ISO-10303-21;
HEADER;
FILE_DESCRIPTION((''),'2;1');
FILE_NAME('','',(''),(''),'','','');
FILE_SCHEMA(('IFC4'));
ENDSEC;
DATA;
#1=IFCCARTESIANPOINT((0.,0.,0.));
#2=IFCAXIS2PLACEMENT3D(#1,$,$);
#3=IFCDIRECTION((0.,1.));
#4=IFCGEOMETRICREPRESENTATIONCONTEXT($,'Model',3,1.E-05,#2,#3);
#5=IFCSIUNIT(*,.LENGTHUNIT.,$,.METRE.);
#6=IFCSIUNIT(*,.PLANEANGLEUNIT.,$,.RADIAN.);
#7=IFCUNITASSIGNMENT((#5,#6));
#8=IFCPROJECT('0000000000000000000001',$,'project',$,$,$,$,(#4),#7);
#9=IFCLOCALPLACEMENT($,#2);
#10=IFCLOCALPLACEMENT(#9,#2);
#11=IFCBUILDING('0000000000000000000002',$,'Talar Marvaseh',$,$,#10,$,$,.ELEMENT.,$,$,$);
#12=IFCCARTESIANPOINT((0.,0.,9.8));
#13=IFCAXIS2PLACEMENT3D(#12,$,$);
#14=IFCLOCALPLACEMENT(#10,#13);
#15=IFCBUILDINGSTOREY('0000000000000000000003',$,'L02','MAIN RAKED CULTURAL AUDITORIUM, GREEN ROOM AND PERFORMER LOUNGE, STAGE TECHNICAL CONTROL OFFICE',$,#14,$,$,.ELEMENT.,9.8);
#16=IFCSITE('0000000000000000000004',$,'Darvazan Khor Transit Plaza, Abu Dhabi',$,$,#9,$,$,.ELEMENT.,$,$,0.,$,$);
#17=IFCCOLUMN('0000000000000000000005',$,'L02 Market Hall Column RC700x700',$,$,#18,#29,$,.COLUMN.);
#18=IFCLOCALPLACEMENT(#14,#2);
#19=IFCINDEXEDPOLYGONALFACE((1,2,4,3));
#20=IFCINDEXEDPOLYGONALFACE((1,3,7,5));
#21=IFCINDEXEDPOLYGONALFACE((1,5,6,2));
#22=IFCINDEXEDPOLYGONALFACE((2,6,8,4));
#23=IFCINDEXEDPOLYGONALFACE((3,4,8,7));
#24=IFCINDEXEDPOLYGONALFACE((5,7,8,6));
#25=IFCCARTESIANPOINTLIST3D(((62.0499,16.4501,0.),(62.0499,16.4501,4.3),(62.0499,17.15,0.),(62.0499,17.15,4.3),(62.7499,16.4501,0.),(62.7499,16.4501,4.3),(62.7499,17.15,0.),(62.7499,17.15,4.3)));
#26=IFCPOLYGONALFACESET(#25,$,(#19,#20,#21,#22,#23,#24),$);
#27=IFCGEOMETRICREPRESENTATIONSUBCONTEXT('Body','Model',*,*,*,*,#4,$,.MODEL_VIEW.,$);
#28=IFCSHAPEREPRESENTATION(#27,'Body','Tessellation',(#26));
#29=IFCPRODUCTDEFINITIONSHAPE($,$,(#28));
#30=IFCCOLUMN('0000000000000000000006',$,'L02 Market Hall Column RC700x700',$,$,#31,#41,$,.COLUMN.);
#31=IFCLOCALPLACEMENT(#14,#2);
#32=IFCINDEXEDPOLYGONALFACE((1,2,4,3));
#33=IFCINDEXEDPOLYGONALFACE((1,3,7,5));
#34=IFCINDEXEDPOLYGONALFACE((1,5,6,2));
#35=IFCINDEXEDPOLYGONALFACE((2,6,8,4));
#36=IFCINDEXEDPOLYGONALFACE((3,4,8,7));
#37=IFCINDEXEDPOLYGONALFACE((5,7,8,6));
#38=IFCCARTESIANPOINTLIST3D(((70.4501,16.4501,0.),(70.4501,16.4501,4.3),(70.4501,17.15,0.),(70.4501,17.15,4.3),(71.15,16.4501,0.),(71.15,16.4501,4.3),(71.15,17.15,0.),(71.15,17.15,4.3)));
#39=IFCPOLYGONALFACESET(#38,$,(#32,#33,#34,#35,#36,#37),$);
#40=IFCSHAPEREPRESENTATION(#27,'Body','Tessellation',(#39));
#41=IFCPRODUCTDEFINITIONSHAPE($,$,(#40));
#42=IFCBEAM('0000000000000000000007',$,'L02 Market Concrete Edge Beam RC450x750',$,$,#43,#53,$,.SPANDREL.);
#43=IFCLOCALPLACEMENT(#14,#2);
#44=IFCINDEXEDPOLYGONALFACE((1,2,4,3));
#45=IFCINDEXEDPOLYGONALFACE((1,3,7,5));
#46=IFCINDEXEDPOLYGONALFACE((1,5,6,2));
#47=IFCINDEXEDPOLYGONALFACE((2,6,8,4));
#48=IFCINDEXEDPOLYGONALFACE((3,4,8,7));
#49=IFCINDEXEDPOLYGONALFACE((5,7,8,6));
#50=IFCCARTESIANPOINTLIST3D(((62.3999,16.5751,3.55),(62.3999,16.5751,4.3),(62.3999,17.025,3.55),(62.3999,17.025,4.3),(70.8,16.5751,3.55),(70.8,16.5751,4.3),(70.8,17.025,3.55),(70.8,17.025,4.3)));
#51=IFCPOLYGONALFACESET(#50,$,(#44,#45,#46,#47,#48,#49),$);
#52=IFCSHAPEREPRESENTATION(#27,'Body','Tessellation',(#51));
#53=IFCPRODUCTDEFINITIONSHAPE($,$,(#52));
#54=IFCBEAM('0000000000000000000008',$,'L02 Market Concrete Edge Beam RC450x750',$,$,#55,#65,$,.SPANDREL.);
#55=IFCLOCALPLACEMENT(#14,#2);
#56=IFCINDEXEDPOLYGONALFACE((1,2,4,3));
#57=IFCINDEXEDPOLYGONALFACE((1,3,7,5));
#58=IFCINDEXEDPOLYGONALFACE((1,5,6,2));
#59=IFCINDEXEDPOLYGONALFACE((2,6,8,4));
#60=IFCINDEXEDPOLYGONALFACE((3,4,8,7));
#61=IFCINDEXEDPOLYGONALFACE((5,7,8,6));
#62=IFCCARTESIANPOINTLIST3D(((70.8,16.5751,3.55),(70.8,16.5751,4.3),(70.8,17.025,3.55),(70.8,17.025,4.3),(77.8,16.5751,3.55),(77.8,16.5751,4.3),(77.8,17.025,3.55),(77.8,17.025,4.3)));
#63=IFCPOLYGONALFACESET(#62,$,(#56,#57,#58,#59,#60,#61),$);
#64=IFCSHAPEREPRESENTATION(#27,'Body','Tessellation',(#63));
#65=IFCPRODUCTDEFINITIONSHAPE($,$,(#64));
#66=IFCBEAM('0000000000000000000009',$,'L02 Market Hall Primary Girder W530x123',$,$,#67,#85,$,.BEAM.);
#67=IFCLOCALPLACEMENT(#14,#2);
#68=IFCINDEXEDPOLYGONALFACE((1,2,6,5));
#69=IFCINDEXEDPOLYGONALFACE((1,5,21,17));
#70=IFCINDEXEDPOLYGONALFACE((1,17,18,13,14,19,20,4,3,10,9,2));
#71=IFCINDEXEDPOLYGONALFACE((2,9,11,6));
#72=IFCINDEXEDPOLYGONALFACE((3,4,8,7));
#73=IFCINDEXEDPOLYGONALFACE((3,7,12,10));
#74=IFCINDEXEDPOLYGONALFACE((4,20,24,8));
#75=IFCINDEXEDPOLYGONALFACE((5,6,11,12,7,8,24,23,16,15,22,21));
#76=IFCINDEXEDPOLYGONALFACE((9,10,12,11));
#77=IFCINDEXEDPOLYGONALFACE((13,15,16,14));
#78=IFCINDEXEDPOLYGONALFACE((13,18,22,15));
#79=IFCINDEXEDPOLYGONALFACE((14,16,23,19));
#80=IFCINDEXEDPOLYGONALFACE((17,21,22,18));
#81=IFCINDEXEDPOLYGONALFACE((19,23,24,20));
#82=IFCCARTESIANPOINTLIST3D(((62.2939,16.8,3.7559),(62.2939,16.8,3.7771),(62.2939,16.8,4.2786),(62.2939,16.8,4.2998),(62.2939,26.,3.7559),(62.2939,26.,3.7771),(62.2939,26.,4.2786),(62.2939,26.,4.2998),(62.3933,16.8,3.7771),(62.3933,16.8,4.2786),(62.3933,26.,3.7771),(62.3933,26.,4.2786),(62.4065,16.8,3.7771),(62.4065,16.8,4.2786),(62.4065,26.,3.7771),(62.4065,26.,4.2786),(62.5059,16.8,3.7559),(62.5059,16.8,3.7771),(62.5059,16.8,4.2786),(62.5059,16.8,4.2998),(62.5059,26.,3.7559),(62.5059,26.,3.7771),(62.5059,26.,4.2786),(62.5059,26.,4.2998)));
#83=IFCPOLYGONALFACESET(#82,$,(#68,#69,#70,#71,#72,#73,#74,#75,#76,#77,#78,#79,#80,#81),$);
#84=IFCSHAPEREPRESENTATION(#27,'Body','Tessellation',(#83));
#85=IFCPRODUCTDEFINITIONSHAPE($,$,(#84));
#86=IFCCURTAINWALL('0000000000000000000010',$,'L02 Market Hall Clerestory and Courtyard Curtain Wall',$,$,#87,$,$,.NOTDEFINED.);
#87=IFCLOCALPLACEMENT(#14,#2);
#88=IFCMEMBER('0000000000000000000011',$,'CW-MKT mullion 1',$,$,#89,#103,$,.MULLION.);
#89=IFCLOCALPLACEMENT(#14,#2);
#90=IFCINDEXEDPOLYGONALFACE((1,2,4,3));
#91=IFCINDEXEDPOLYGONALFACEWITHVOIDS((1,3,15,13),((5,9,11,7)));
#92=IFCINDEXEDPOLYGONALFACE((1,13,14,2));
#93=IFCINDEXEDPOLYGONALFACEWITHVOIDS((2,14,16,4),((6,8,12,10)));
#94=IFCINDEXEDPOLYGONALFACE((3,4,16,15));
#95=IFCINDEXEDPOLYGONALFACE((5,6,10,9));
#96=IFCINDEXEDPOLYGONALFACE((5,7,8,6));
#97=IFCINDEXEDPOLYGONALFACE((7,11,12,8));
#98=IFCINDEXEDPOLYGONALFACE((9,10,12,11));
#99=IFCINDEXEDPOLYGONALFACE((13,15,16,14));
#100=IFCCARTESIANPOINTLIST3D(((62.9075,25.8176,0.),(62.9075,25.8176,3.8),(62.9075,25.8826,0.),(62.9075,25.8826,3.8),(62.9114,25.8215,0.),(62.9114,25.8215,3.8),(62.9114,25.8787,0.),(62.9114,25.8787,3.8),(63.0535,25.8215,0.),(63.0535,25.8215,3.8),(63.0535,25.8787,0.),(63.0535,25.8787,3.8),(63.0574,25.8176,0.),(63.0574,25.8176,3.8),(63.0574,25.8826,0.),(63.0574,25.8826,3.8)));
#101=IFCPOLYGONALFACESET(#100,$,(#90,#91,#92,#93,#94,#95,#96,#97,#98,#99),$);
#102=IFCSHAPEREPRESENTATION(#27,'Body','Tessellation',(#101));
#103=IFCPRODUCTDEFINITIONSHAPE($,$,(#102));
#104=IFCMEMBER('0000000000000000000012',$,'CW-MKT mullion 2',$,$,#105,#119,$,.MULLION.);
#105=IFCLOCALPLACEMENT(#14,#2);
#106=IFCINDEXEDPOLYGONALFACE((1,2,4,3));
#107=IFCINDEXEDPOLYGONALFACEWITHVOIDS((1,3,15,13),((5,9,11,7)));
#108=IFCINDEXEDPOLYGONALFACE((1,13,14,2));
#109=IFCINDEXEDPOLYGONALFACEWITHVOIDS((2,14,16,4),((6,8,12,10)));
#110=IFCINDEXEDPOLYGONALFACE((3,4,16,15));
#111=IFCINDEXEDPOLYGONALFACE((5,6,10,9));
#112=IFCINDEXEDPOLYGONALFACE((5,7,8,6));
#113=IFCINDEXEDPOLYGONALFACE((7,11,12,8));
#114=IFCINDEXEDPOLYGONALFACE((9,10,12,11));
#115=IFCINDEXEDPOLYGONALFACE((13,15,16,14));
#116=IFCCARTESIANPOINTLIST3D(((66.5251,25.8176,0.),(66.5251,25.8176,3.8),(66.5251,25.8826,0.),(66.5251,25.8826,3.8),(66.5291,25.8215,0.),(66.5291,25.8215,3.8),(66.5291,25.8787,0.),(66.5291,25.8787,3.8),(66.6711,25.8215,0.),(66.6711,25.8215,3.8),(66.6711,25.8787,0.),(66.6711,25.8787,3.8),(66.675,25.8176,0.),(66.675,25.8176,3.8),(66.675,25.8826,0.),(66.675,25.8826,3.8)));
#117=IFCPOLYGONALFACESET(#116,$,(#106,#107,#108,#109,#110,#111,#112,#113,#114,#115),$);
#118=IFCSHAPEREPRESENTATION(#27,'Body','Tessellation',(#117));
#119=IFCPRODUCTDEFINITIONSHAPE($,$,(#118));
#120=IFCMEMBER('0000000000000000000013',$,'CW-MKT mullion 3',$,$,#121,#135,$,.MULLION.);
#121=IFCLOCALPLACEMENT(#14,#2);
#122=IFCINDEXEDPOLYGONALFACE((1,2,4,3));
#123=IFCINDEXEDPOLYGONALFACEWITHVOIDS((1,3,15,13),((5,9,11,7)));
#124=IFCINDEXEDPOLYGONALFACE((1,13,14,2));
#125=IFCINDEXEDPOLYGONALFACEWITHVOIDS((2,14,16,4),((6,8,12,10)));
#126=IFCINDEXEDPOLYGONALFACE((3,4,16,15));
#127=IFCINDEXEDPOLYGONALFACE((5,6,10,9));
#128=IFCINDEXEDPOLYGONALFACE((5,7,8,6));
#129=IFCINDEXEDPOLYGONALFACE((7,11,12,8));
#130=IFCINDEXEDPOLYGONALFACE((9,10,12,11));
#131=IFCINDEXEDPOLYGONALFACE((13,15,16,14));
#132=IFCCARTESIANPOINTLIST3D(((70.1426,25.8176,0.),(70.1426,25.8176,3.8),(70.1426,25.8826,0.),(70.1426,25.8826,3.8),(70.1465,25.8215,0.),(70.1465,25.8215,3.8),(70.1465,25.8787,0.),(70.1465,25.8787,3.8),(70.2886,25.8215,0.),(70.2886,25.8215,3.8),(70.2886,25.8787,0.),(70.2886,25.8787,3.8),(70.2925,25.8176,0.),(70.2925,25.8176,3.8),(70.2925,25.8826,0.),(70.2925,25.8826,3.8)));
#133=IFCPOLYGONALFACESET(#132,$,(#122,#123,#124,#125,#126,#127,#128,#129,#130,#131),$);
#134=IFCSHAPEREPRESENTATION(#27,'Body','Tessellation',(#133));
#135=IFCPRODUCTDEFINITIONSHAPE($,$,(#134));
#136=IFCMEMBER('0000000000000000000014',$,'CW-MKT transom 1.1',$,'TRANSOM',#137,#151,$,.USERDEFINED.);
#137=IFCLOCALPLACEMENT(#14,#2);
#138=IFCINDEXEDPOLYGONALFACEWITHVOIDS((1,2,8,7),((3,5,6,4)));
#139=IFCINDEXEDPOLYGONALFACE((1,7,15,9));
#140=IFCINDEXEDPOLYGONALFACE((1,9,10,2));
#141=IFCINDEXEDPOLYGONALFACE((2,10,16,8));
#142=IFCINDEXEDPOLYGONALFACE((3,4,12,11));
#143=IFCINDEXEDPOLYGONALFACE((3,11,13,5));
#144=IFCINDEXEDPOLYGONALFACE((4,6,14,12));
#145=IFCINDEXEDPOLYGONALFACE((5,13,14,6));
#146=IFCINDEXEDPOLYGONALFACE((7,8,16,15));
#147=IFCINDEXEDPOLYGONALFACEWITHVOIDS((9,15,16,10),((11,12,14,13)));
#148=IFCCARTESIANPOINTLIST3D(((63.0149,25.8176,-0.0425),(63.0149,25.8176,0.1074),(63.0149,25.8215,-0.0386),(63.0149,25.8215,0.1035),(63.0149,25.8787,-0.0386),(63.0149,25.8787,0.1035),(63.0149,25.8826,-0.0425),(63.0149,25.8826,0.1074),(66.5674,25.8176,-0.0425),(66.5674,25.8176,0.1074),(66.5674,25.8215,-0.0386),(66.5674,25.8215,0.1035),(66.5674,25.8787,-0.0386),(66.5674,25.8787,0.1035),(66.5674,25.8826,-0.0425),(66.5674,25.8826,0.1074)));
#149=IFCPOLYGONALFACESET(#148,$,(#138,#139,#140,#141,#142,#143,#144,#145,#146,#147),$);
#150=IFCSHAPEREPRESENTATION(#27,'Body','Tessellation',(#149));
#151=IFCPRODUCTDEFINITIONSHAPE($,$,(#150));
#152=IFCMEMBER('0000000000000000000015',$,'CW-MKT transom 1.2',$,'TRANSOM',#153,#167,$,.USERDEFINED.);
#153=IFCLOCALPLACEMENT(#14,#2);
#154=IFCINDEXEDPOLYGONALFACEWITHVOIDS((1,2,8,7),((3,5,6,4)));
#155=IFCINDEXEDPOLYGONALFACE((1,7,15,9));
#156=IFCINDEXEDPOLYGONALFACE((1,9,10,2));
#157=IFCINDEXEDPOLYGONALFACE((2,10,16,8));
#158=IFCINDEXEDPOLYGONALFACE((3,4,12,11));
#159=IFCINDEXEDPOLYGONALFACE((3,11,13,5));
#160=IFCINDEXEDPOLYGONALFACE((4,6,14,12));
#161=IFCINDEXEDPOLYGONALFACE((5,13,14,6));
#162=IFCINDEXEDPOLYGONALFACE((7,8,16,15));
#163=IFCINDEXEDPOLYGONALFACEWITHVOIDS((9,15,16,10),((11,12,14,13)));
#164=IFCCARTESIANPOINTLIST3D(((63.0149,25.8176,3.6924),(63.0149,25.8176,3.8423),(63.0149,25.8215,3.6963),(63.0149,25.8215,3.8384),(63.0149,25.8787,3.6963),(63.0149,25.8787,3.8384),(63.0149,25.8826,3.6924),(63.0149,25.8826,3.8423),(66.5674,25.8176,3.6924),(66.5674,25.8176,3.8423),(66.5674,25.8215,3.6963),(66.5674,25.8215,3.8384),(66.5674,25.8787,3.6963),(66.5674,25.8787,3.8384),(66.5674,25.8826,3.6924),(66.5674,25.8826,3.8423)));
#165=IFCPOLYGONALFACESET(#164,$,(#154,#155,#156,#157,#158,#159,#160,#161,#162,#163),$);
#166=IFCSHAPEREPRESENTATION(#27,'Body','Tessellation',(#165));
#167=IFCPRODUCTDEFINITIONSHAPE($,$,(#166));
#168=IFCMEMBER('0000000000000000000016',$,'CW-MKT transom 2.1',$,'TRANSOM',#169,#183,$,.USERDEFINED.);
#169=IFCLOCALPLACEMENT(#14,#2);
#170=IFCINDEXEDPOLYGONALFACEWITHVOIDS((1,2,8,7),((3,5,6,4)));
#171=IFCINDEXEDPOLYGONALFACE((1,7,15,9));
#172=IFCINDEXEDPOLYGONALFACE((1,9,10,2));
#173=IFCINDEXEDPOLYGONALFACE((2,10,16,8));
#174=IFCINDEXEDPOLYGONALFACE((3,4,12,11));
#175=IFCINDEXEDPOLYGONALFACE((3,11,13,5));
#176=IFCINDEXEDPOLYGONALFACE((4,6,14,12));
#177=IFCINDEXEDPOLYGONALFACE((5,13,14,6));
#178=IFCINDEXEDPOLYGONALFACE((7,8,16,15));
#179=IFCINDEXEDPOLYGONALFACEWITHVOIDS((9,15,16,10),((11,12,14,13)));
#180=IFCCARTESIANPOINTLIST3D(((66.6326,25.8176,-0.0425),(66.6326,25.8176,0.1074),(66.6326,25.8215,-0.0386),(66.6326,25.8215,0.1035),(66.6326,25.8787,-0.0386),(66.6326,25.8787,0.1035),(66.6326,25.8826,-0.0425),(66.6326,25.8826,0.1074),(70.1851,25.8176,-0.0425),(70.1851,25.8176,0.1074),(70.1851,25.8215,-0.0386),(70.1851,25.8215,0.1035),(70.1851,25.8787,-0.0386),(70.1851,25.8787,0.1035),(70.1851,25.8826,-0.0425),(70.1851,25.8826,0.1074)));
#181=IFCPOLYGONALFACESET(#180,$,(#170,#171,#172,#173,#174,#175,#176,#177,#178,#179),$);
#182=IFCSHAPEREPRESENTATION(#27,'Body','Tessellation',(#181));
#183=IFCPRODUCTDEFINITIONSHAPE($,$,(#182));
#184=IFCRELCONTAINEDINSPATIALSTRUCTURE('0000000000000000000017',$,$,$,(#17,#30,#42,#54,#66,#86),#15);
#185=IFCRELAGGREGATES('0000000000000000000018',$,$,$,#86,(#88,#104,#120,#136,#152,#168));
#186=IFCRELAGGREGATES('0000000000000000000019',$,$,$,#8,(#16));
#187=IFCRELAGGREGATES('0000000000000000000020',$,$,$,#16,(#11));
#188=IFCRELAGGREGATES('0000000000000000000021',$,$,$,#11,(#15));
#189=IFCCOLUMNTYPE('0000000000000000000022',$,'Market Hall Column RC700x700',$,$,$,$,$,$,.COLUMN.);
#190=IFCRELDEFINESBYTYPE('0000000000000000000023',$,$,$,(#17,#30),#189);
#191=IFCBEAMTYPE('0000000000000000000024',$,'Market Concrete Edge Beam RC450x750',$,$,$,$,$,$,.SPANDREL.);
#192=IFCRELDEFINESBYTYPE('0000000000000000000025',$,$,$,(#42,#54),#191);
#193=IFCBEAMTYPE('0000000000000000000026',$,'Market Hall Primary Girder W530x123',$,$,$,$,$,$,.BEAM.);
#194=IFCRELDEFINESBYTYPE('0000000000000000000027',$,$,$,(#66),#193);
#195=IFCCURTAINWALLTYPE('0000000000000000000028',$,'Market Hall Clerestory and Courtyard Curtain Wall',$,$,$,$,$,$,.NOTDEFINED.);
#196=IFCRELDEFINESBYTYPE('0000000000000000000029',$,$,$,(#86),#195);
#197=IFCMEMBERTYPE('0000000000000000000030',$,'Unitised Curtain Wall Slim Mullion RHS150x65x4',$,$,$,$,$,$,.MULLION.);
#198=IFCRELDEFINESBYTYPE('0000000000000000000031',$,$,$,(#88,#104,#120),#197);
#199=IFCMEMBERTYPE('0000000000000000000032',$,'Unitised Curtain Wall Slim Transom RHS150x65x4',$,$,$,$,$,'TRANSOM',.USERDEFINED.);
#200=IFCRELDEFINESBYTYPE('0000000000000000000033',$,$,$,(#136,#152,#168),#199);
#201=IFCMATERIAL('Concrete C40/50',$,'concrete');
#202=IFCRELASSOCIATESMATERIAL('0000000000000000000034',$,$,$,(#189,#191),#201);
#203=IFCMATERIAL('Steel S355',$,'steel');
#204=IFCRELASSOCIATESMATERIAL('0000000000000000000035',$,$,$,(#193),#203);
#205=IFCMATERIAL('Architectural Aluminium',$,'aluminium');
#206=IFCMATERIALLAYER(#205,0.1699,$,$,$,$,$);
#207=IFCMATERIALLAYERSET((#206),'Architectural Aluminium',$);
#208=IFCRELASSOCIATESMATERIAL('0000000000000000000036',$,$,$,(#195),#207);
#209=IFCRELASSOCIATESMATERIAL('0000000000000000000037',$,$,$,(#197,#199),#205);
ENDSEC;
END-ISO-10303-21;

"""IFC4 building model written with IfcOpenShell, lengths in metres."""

from ifc_helpers import new_model, si_unit, direction, frame, origin, origin_2d, place, context, subcontext, project, spatial, rectangle, hollow_rectangle, i_section, extrude, source, transform, mapped, material, layer, layer_set, material_profile, profile_set, type_object, type_shapes, element, aggregate, save


model = new_model("IFC4")

# Units and contexts
model_context = context("Model", 3, precision=1e-05, world=origin(), true_north=direction((0.0, 1.0)))
body_context = subcontext(model_context, "Body", "Model", "MODEL_VIEW")
ifc_project = project(units=[si_unit("LENGTHUNIT", "METRE"), si_unit("PLANEANGLEUNIT", "RADIAN")], contexts=[model_context])

# Site, building, storey
site_placement = place(None, origin())
site = spatial("IfcSite", under=ifc_project, at=site_placement, Name="Darvazan Khor Transit Plaza, Abu Dhabi", CompositionType="ELEMENT", RefElevation=0.0)
building_placement = place(site_placement, origin())
building = spatial("IfcBuilding", under=site, at=building_placement, Name="Talar Marvaseh", CompositionType="ELEMENT")
storey_placement = place(building_placement, frame((0.0, 0.0, 9.8)))
storey = spatial("IfcBuildingStorey", under=building, at=storey_placement, Name="L02", Description="MAIN RAKED CULTURAL AUDITORIUM, GREEN ROOM AND PERFORMER LOUNGE, STAGE TECHNICAL CONTROL OFFICE", CompositionType="ELEMENT", Elevation=9.8)

# Columns
ifc_material_1 = material(Name="Concrete C40/50", Category="concrete")
ifc_material_profile_1 = material_profile(ifc_material_1, rectangle(XDim=0.7, YDim=0.7, at=origin_2d()), Name="RC700x700")
ifc_profile_set_1 = profile_set([ifc_material_profile_1], Name="Concrete C40/50")
column_type = type_object("IfcColumnType", Name="Market Hall Column RC700x700", PredefinedType="COLUMN", material=ifc_profile_set_1)
for number, where, z_axis, x_axis, name in (
    (1, (62.3999, 16.8, 0.0), (0.0, 0.0, 1.0), (1.0, 0.0, 0.0), "L02 Market Hall Column RC700x700"),
    (2, (70.8, 16.8, 0.0), (0.0, 0.0, 1.0), (1.0, 0.0, 0.0), "L02 Market Hall Column RC700x700"),
):
    element("IfcColumn", number, at=place(storey_placement, frame(where, z_axis=z_axis, x_axis=x_axis)), inside=storey, type_object=column_type, Name=name, PredefinedType="COLUMN", context=body_context, shape_type="SweptSolid", body=[
        extrude(rectangle(XDim=0.7, YDim=0.7, at=origin_2d()), origin(), (0.0, 0.0, 1.0), 4.3),
    ])

# Beams
ifc_material_profile_2 = material_profile(ifc_material_1, rectangle(XDim=0.45, YDim=0.75, at=origin_2d()), Name="RC450x750")
ifc_profile_set_2 = profile_set([ifc_material_profile_2], Name="Concrete C40/50")
beam_type_1 = type_object("IfcBeamType", Name="Market Concrete Edge Beam RC450x750", PredefinedType="SPANDREL", material=ifc_profile_set_2)
beam_1_placement = place(storey_placement, frame((62.3999, 16.8, 3.925), z_axis=(1.0, 0.0, 0.0), x_axis=(0.0, 1.0, 0.0)))
element("IfcBeam", 3, at=beam_1_placement, inside=storey, type_object=beam_type_1, Name="L02 Market Concrete Edge Beam RC450x750", PredefinedType="SPANDREL", context=body_context, shape_type="SweptSolid", body=[
    extrude(rectangle(XDim=0.45, YDim=0.75, at=origin_2d()), origin(), (0.0, 0.0, 1.0), 8.4001),
])
beam_2_placement = place(storey_placement, frame((70.8, 16.8, 3.925), z_axis=(1.0, 0.0, 0.0), x_axis=(0.0, 1.0, 0.0)))
element("IfcBeam", 4, at=beam_2_placement, inside=storey, type_object=beam_type_1, Name="L02 Market Concrete Edge Beam RC450x750", PredefinedType="SPANDREL", context=body_context, shape_type="SweptSolid", body=[
    extrude(rectangle(XDim=0.45, YDim=0.75, at=origin_2d()), origin(), (0.0, 0.0, 1.0), 7.0),
])
ifc_material_2 = material(Name="Steel S355", Category="steel")
ifc_material_profile_3 = material_profile(ifc_material_2, i_section(OverallWidth=0.2119, OverallDepth=0.5439, WebThickness=0.0132, FlangeThickness=0.0212, at=origin_2d()), Name="W530x123")
ifc_profile_set_3 = profile_set([ifc_material_profile_3], Name="Steel S355")
beam_type_2 = type_object("IfcBeamType", Name="Market Hall Primary Girder W530x123", PredefinedType="BEAM", material=ifc_profile_set_3)
beam_3_placement = place(storey_placement, frame((62.3999, 16.8, 4.0278), z_axis=(0.0, 1.0, 0.0), x_axis=(-1.0, 0.0, 0.0)))
element("IfcBeam", 5, at=beam_3_placement, inside=storey, type_object=beam_type_2, Name="L02 Market Hall Primary Girder W530x123", PredefinedType="BEAM", context=body_context, shape_type="SweptSolid", body=[
    extrude(i_section(OverallWidth=0.2119, OverallDepth=0.5439, WebThickness=0.0132, FlangeThickness=0.0212, at=origin_2d()), origin(), (0.0, 0.0, 1.0), 9.2),
])

# Curtain wall, members
ifc_material_3 = material(Name="Architectural Aluminium", Category="aluminium")
ifc_layer_1 = layer(ifc_material_3, 0.1699)
ifc_layer_set_1 = layer_set([ifc_layer_1], Name="Architectural Aluminium")
curtain_wall_type = type_object("IfcCurtainWallType", Name="Market Hall Clerestory and Courtyard Curtain Wall", PredefinedType="NOTDEFINED", material=ifc_layer_set_1)
curtain_wall_placement = place(storey_placement, origin())
curtain_wall = element("IfcCurtainWall", 6, at=curtain_wall_placement, inside=storey, type_object=curtain_wall_type, Name="L02 Market Hall Clerestory and Courtyard Curtain Wall", PredefinedType="NOTDEFINED")
ifc_material_profile_4 = material_profile(ifc_material_3, hollow_rectangle(XDim=0.0649, YDim=0.1499, WallThickness=0.0039, at=origin_2d()), Name="RHS150x65x4")
ifc_profile_set_4 = profile_set([ifc_material_profile_4], Name="Architectural Aluminium")
member_type_1 = type_object("IfcMemberType", Name="Unitised Curtain Wall Slim Mullion RHS150x65x4", PredefinedType="MULLION", material=ifc_profile_set_4)
shared_shape_1 = source(origin(), body_context, "Body", "SweptSolid", [
    extrude(hollow_rectangle(XDim=0.0649, YDim=0.1499, WallThickness=0.0039, at=origin_2d()), origin(), (0.0, 0.0, 1.0), 3.8),
])
type_shapes(member_type_1, [shared_shape_1])
member_1_placement = place(storey_placement, frame((62.9824, 25.8501, 0.0), z_axis=(0.0, 0.0, 1.0), x_axis=(0.0, 1.0, 0.0)))
member_1 = element("IfcMember", 7, at=member_1_placement, type_object=member_type_1, Name="CW-MKT mullion 1", PredefinedType="MULLION", context=body_context, shape_type="MappedRepresentation", body=[
    mapped(shared_shape_1, transform((0.0, 0.0, 0.0), x_axis=(1.0, 0.0, 0.0), y_axis=(0.0, 1.0, 0.0), z_axis=(0.0, 0.0, 1.0), scale=1.0)),
])
member_2_placement = place(storey_placement, frame((66.6001, 25.8501, 0.0), z_axis=(0.0, 0.0, 1.0), x_axis=(0.0, 1.0, 0.0)))
member_2 = element("IfcMember", 8, at=member_2_placement, type_object=member_type_1, Name="CW-MKT mullion 2", PredefinedType="MULLION", context=body_context, shape_type="MappedRepresentation", body=[
    mapped(shared_shape_1, transform((0.0, 0.0, 0.0), x_axis=(1.0, 0.0, 0.0), y_axis=(0.0, 1.0, 0.0), z_axis=(0.0, 0.0, 1.0), scale=1.0)),
])
member_3_placement = place(storey_placement, frame((70.2175, 25.8501, 0.0), z_axis=(0.0, 0.0, 1.0), x_axis=(0.0, 1.0, 0.0)))
member_3 = element("IfcMember", 9, at=member_3_placement, type_object=member_type_1, Name="CW-MKT mullion 3", PredefinedType="MULLION", context=body_context, shape_type="MappedRepresentation", body=[
    mapped(shared_shape_1, transform((0.0, 0.0, 0.0), x_axis=(1.0, 0.0, 0.0), y_axis=(0.0, 1.0, 0.0), z_axis=(0.0, 0.0, 1.0), scale=1.0)),
])
ifc_material_profile_5 = material_profile(ifc_material_3, hollow_rectangle(XDim=0.0649, YDim=0.1499, WallThickness=0.0039, at=origin_2d()), Name="RHS150x65x4")
ifc_profile_set_5 = profile_set([ifc_material_profile_5], Name="Architectural Aluminium")
member_type_2 = type_object("IfcMemberType", Name="Unitised Curtain Wall Slim Transom RHS150x65x4", ElementType="TRANSOM", PredefinedType="USERDEFINED", material=ifc_profile_set_5)
shared_shape_2 = source(origin(), body_context, "Body", "SweptSolid", [
    extrude(hollow_rectangle(XDim=0.0649, YDim=0.1499, WallThickness=0.0039, at=origin_2d()), origin(), (0.0, 0.0, 1.0), 3.5525),
])
type_shapes(member_type_2, [shared_shape_2])
member_4_placement = place(storey_placement, frame((63.0149, 25.8501, 0.0325), z_axis=(1.0, 0.0, 0.0), x_axis=(0.0, 1.0, 0.0)))
member_4 = element("IfcMember", 10, at=member_4_placement, type_object=member_type_2, Name="CW-MKT transom 1.1", ObjectType="TRANSOM", PredefinedType="USERDEFINED", context=body_context, shape_type="MappedRepresentation", body=[
    mapped(shared_shape_2, transform((0.0, 0.0, 0.0), x_axis=(1.0, 0.0, 0.0), y_axis=(0.0, 1.0, 0.0), z_axis=(0.0, 0.0, 1.0), scale=1.0)),
])
member_5_placement = place(storey_placement, frame((63.0149, 25.8501, 3.7673), z_axis=(1.0, 0.0, 0.0), x_axis=(0.0, 1.0, 0.0)))
member_5 = element("IfcMember", 11, at=member_5_placement, type_object=member_type_2, Name="CW-MKT transom 1.2", ObjectType="TRANSOM", PredefinedType="USERDEFINED", context=body_context, shape_type="MappedRepresentation", body=[
    mapped(shared_shape_2, transform((0.0, 0.0, 0.0), x_axis=(1.0, 0.0, 0.0), y_axis=(0.0, 1.0, 0.0), z_axis=(0.0, 0.0, 1.0), scale=1.0)),
])
member_6_placement = place(storey_placement, frame((66.6326, 25.8501, 0.0325), z_axis=(1.0, 0.0, 0.0), x_axis=(0.0, 1.0, 0.0)))
member_6 = element("IfcMember", 12, at=member_6_placement, type_object=member_type_2, Name="CW-MKT transom 2.1", ObjectType="TRANSOM", PredefinedType="USERDEFINED", context=body_context, shape_type="MappedRepresentation", body=[
    mapped(shared_shape_2, transform((0.0, 0.0, 0.0), x_axis=(1.0, 0.0, 0.0), y_axis=(0.0, 1.0, 0.0), z_axis=(0.0, 0.0, 1.0), scale=1.0)),
])
aggregate(curtain_wall, [member_1, member_2, member_3, member_4, member_5, member_6])

save(model, "model.ifc")
